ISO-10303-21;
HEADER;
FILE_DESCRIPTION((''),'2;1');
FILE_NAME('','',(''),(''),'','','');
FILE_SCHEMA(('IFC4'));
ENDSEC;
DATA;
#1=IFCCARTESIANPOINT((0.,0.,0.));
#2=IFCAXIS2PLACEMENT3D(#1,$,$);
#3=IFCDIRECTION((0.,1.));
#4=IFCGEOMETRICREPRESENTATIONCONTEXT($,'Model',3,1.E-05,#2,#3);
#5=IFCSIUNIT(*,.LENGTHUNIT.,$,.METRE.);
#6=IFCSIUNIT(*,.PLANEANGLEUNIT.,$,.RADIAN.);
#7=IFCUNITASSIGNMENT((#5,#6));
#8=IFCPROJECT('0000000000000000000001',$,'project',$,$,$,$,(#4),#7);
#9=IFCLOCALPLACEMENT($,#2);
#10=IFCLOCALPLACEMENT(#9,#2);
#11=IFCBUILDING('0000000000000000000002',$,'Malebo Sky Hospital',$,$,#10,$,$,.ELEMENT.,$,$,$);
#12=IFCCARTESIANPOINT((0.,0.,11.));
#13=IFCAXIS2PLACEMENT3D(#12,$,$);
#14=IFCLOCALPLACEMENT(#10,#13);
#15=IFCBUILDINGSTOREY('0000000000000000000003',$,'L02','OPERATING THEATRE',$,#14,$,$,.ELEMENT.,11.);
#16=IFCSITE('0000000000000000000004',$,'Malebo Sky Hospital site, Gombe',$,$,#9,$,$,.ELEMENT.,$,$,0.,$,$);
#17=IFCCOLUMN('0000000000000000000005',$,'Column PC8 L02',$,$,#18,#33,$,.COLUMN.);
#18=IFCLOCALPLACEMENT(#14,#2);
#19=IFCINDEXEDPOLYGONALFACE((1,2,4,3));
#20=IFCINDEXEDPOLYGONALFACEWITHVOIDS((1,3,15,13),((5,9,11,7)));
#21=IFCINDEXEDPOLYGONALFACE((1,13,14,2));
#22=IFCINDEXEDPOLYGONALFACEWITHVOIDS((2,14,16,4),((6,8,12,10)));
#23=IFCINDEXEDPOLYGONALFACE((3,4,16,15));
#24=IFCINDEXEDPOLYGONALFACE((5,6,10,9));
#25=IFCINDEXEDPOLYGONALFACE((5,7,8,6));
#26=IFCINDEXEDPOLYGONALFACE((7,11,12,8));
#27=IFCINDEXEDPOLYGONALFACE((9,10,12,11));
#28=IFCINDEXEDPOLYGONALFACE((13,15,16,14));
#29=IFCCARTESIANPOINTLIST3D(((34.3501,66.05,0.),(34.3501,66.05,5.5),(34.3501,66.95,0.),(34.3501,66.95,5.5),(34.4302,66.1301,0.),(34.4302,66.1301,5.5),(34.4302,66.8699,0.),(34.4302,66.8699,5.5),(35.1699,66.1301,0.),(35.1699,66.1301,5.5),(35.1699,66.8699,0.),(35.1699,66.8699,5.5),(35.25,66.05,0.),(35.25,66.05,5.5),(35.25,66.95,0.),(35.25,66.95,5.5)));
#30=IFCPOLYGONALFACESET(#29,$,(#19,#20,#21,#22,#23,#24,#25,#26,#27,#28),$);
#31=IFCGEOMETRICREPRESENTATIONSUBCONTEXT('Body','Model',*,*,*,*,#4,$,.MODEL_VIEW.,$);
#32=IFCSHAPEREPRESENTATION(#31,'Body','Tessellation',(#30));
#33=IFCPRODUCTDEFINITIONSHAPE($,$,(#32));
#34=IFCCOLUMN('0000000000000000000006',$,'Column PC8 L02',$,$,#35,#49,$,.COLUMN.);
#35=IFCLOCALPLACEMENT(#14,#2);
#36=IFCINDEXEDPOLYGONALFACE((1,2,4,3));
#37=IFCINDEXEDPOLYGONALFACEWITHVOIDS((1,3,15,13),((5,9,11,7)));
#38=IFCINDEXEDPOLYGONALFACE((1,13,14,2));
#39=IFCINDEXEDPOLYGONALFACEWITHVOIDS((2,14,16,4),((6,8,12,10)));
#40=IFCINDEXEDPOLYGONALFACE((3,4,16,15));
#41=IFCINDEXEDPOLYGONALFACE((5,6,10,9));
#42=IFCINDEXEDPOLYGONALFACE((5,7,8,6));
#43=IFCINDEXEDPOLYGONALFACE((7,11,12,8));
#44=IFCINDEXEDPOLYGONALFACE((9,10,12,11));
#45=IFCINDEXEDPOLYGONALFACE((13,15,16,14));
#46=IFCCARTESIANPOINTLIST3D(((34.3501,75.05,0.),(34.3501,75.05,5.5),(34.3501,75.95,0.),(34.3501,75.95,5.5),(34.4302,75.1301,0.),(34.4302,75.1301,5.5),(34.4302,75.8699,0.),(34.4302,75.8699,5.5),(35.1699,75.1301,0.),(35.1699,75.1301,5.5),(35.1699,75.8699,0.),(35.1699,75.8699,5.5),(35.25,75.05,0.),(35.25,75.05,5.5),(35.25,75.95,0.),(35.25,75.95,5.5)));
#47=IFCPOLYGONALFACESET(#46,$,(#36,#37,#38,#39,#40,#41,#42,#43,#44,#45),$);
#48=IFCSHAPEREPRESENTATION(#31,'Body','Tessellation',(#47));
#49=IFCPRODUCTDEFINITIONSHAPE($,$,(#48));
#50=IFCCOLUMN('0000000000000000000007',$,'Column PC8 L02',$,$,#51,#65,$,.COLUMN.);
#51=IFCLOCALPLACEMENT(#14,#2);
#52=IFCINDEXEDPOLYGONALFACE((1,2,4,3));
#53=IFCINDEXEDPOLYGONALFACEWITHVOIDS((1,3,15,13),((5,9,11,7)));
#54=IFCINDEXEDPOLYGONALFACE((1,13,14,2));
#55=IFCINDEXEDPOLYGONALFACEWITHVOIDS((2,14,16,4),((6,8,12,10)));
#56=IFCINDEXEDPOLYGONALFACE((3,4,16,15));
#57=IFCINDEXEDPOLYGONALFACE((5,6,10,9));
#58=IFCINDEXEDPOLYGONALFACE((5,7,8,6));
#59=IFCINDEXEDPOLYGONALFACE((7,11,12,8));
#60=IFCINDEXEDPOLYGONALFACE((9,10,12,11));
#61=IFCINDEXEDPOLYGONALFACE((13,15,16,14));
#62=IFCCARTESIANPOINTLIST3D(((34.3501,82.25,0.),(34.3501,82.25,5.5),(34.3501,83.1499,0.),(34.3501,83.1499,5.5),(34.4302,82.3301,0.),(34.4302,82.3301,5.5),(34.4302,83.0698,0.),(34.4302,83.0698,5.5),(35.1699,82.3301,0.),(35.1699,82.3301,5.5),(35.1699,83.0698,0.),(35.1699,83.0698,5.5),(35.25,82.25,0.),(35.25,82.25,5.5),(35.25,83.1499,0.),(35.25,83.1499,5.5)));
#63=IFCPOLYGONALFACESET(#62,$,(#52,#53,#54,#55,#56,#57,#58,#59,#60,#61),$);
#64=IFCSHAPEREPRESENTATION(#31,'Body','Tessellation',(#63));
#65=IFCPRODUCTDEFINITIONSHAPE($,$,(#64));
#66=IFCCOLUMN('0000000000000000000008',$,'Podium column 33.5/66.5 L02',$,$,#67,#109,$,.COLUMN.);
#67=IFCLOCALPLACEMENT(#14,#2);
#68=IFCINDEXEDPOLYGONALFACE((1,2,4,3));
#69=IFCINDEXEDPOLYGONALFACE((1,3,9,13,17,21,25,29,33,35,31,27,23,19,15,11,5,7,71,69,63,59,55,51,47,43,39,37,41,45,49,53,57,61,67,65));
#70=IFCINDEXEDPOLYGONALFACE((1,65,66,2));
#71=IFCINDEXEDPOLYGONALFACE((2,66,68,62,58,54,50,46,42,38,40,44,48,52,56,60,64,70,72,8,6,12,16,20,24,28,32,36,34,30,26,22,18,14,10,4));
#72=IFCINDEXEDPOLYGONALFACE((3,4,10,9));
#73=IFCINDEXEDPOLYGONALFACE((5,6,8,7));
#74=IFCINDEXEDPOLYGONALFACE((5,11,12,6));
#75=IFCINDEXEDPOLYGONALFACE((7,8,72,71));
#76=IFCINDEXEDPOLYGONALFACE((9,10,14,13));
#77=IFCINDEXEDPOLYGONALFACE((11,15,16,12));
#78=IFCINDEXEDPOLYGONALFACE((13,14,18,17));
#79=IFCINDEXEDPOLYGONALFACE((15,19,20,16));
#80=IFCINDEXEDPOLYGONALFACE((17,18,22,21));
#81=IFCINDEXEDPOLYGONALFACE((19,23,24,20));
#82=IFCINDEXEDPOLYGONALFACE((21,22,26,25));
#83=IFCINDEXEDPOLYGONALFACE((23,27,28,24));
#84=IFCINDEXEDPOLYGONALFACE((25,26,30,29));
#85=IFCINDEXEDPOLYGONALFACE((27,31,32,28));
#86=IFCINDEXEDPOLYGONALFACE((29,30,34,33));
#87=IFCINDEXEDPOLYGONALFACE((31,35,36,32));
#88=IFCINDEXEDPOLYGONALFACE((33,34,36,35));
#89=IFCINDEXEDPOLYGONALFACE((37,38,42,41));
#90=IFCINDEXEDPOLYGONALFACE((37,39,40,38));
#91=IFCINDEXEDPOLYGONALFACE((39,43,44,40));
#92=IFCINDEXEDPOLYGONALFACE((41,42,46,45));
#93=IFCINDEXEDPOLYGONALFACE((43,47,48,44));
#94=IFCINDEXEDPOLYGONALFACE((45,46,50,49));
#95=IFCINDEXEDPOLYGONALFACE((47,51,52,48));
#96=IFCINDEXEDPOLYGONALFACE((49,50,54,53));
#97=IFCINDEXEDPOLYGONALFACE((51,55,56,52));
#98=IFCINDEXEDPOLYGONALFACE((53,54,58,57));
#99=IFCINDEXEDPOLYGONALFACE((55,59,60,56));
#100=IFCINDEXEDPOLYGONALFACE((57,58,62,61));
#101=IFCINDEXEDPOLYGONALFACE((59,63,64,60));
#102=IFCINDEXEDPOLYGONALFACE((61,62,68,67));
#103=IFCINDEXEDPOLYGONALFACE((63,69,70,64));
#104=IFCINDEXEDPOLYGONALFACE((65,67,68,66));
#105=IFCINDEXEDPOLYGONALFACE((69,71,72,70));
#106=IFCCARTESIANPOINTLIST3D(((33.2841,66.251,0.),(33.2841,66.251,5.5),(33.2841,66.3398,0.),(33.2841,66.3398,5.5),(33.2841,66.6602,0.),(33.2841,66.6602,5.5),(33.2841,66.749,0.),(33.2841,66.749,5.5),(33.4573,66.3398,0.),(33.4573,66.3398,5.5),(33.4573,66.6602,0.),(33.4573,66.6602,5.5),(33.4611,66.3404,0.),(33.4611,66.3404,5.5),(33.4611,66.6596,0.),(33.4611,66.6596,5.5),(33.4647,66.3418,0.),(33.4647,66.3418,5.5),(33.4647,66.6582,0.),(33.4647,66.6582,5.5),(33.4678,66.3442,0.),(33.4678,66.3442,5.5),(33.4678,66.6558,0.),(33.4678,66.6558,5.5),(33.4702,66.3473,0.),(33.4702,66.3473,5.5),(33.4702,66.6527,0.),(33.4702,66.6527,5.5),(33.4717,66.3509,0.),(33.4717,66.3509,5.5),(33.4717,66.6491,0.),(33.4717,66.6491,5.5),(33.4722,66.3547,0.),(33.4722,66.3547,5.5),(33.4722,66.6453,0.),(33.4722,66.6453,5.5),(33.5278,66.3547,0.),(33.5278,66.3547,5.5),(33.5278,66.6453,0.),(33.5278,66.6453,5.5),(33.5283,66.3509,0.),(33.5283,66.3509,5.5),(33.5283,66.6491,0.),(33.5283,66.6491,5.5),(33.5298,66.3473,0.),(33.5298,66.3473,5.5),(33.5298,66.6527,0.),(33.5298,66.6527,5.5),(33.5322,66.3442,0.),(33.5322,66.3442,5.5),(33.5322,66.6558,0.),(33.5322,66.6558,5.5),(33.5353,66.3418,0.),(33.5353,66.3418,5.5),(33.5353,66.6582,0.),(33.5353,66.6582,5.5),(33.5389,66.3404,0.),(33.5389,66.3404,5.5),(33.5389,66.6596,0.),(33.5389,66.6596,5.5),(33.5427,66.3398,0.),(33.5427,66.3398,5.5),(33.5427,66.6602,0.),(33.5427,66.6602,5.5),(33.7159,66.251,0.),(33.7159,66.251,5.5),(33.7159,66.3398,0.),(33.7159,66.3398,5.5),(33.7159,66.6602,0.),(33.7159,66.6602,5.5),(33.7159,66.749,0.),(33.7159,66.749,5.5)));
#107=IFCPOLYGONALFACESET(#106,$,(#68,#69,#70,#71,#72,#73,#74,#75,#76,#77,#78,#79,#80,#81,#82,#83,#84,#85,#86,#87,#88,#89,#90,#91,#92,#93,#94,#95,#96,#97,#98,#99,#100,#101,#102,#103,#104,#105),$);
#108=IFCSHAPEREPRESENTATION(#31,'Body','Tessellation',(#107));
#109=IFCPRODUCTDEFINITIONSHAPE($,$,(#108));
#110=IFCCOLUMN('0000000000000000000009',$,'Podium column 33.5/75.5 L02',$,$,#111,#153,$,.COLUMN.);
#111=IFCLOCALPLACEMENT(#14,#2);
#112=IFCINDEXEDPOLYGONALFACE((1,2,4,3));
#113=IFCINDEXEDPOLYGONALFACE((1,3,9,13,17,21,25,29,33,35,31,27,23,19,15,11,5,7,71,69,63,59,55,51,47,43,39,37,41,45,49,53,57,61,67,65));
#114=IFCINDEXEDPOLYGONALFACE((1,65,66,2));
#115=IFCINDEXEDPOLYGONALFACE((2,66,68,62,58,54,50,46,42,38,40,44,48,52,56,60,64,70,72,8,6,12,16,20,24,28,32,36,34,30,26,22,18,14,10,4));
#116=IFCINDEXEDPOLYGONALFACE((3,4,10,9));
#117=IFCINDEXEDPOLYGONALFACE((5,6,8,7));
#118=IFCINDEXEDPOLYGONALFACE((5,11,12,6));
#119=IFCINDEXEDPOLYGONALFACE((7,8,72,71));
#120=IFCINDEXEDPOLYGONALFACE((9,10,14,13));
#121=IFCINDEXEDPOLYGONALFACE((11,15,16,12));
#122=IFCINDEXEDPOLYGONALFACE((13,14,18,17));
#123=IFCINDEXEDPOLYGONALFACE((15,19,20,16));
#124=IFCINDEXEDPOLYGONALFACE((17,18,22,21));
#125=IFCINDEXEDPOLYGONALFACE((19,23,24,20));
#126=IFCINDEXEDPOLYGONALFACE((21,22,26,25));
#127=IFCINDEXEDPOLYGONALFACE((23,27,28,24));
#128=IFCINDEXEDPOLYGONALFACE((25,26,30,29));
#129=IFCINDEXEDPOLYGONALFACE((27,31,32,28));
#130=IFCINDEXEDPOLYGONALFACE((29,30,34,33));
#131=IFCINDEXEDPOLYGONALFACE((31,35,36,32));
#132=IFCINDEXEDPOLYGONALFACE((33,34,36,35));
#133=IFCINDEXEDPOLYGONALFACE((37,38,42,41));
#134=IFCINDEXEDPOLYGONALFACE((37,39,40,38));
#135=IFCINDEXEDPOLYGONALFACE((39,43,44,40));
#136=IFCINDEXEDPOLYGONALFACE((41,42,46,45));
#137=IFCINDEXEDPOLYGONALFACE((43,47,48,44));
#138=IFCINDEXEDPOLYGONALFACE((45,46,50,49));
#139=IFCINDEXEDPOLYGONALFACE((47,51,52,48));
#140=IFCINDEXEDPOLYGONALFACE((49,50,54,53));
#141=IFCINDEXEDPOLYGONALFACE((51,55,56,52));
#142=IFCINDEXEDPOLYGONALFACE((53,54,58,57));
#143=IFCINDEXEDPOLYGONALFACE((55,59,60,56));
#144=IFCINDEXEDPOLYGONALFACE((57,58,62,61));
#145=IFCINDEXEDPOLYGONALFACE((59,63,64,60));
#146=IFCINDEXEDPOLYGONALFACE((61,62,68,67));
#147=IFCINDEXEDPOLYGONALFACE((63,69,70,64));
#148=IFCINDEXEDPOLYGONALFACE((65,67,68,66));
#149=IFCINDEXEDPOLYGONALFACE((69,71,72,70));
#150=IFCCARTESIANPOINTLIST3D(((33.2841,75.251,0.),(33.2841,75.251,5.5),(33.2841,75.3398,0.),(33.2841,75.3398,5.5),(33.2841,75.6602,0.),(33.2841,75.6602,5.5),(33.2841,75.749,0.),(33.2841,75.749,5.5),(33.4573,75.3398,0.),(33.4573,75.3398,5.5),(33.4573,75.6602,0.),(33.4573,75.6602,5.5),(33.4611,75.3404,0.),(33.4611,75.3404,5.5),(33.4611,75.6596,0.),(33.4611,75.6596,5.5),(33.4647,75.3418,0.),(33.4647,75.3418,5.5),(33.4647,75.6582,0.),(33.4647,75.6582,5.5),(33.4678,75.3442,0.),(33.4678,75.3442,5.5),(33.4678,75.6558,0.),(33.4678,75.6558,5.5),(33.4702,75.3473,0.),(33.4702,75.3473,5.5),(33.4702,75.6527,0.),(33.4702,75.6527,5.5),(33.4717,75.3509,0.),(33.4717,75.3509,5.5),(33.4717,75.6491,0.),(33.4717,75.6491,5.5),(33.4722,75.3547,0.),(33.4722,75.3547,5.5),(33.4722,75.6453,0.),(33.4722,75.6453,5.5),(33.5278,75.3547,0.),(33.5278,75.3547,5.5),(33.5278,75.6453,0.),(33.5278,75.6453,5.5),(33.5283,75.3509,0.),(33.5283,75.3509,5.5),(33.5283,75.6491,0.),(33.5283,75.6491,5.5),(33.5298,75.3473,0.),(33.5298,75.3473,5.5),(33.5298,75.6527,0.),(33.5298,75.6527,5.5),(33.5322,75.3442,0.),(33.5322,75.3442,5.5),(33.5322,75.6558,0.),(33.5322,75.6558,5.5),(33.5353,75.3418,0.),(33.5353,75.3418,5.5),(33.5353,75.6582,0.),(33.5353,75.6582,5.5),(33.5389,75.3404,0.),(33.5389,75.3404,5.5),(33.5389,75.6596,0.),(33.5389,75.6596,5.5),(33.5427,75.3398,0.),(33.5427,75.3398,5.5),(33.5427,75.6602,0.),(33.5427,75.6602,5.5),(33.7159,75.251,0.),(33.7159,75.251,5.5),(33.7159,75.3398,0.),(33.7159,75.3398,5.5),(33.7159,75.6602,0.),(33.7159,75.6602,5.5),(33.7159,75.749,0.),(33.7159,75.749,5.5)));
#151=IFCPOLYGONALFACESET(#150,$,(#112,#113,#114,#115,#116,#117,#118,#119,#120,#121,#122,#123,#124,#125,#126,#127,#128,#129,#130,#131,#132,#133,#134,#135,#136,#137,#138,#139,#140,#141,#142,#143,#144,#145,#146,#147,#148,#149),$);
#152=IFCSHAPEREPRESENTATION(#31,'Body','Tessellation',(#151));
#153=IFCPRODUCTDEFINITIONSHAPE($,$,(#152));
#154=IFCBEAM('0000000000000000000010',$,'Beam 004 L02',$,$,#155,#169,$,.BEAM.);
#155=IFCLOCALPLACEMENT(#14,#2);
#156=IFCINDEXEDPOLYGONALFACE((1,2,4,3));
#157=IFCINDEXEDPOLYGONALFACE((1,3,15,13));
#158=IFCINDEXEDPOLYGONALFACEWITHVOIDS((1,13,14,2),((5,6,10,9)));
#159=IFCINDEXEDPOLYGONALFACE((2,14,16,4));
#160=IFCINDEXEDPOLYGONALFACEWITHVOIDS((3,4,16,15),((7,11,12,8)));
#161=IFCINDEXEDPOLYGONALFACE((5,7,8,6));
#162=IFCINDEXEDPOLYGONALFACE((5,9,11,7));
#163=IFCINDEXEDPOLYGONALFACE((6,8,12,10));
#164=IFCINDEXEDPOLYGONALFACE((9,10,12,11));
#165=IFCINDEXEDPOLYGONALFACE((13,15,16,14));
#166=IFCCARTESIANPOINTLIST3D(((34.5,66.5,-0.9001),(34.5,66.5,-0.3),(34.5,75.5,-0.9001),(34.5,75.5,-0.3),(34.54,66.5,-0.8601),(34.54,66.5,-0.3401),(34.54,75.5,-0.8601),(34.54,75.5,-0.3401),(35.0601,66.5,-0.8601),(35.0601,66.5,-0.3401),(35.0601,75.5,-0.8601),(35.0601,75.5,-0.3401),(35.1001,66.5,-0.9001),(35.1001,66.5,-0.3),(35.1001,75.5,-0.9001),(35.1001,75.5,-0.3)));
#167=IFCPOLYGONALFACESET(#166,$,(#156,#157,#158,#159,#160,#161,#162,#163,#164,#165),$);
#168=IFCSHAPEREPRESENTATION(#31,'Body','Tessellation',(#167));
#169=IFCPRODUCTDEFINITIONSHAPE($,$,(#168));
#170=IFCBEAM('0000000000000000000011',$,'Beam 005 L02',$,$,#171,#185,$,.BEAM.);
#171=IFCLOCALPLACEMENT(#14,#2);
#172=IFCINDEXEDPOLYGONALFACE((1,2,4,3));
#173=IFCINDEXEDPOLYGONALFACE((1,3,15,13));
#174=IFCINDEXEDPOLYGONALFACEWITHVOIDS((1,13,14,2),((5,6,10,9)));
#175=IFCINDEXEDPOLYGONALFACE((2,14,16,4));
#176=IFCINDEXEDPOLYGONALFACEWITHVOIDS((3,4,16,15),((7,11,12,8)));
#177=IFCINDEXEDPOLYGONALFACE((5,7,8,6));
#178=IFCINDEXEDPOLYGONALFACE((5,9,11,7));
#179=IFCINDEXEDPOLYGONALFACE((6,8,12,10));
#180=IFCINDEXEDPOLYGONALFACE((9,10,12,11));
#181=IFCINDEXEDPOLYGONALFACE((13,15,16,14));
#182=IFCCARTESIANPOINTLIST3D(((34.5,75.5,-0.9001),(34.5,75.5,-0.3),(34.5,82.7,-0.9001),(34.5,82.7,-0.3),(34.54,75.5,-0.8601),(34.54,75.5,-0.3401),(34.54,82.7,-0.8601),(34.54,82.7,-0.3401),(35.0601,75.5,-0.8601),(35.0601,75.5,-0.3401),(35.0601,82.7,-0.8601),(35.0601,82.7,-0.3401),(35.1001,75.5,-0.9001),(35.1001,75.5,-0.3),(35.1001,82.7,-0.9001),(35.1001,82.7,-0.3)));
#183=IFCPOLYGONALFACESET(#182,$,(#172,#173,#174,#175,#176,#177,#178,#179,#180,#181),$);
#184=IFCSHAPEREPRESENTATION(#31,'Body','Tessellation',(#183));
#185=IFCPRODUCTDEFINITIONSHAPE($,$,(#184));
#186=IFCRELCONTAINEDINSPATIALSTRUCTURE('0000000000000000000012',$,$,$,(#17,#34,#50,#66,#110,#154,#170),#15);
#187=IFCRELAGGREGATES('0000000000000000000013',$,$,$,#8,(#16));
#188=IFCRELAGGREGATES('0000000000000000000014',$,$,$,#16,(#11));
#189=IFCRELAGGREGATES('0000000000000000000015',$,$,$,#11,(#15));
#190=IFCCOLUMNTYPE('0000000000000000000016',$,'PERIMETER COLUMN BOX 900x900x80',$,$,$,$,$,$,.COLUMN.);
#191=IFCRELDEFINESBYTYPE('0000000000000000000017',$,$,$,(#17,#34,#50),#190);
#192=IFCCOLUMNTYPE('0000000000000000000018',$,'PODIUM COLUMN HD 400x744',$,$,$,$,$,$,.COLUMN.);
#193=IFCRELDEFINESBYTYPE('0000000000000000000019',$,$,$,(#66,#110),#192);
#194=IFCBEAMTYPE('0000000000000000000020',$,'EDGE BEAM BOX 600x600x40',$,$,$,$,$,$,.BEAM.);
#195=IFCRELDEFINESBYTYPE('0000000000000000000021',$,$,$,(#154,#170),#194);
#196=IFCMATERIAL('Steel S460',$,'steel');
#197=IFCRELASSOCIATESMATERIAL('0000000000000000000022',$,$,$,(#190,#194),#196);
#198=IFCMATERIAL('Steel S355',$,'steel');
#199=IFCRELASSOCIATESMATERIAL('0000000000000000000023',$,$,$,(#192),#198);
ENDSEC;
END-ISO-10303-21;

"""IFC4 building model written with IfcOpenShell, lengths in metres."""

from ifc_helpers import new_model, si_unit, direction, frame, origin, origin_2d, place, context, subcontext, project, spatial, hollow_rectangle, i_section, extrude, material, material_profile, profile_set, type_object, element, save


model = new_model("IFC4")

# Units and contexts
model_context = context("Model", 3, precision=1e-05, world=origin(), true_north=direction((0.0, 1.0)))
body_context = subcontext(model_context, "Body", "Model", "MODEL_VIEW")
ifc_project = project(units=[si_unit("LENGTHUNIT", "METRE"), si_unit("PLANEANGLEUNIT", "RADIAN")], contexts=[model_context])

# Site, building, storey
site_placement = place(None, origin())
site = spatial("IfcSite", under=ifc_project, at=site_placement, Name="Malebo Sky Hospital site, Gombe", CompositionType="ELEMENT", RefElevation=0.0)
building_placement = place(site_placement, origin())
building = spatial("IfcBuilding", under=site, at=building_placement, Name="Malebo Sky Hospital", CompositionType="ELEMENT")
storey_placement = place(building_placement, frame((0.0, 0.0, 11.0)))
storey = spatial("IfcBuildingStorey", under=building, at=storey_placement, Name="L02", Description="OPERATING THEATRE", CompositionType="ELEMENT", Elevation=11.0)

# Columns
ifc_material_1 = material(Name="Steel S460", Category="steel")
ifc_material_profile_1 = material_profile(ifc_material_1, hollow_rectangle(XDim=0.8999, YDim=0.8999, WallThickness=0.0801, at=origin_2d()), Name="BOX 900x900x80")
ifc_profile_set_1 = profile_set([ifc_material_profile_1], Name="Steel S460")
column_type_1 = type_object("IfcColumnType", Name="PERIMETER COLUMN BOX 900x900x80", PredefinedType="COLUMN", material=ifc_profile_set_1)
for number, where, z_axis, x_axis, name in (
    (1, (34.8, 66.5, 0.0), (0.0, 0.0, 1.0), (1.0, 0.0, 0.0), "Column PC8 L02"),
    (2, (34.8, 75.5, 0.0), (0.0, 0.0, 1.0), (1.0, 0.0, 0.0), "Column PC8 L02"),
    (3, (34.8, 82.7, 0.0), (0.0, 0.0, 1.0), (1.0, 0.0, 0.0), "Column PC8 L02"),
):
    element("IfcColumn", number, at=place(storey_placement, frame(where, z_axis=z_axis, x_axis=x_axis)), inside=storey, type_object=column_type_1, Name=name, PredefinedType="COLUMN", context=body_context, shape_type="SweptSolid", body=[
        extrude(hollow_rectangle(XDim=0.8999, YDim=0.8999, WallThickness=0.0801, at=origin_2d()), origin(), (0.0, 0.0, 1.0), 5.5),
    ])
ifc_material_2 = material(Name="Steel S355", Category="steel")
ifc_material_profile_2 = material_profile(ifc_material_2, i_section(OverallWidth=0.4319, OverallDepth=0.498, WebThickness=0.0557, FlangeThickness=0.0889, FilletRadius=0.0149, at=origin_2d()), Name="HD 400x744")
ifc_profile_set_2 = profile_set([ifc_material_profile_2], Name="Steel S355")
column_type_2 = type_object("IfcColumnType", Name="PODIUM COLUMN HD 400x744", PredefinedType="COLUMN", material=ifc_profile_set_2)
for number, where, z_axis, x_axis, name in (
    (4, (33.5, 66.5, 0.0), (0.0, 0.0, 1.0), (1.0, 0.0, 0.0), "Podium column 33.5/66.5 L02"),
    (5, (33.5, 75.5, 0.0), (0.0, 0.0, 1.0), (1.0, 0.0, 0.0), "Podium column 33.5/75.5 L02"),
):
    element("IfcColumn", number, at=place(storey_placement, frame(where, z_axis=z_axis, x_axis=x_axis)), inside=storey, type_object=column_type_2, Name=name, PredefinedType="COLUMN", context=body_context, shape_type="SweptSolid", body=[
        extrude(i_section(OverallWidth=0.4319, OverallDepth=0.498, WebThickness=0.0557, FlangeThickness=0.0889, FilletRadius=0.0149, at=origin_2d()), origin(), (0.0, 0.0, 1.0), 5.5),
    ])

# Beams
ifc_material_profile_3 = material_profile(ifc_material_1, hollow_rectangle(XDim=0.6001, YDim=0.6001, WallThickness=0.04, at=origin_2d()), Name="BOX 600x600x40")
ifc_profile_set_3 = profile_set([ifc_material_profile_3], Name="Steel S460")
beam_type_1 = type_object("IfcBeamType", Name="EDGE BEAM BOX 600x600x40", PredefinedType="BEAM", material=ifc_profile_set_3)
beam_1_placement = place(storey_placement, frame((34.8, 66.5, -0.6001), z_axis=(0.0, 1.0, 0.0), x_axis=(-1.0, 0.0, 0.0)))
element("IfcBeam", 6, at=beam_1_placement, inside=storey, type_object=beam_type_1, Name="Beam 004 L02", PredefinedType="BEAM", context=body_context, shape_type="SweptSolid", body=[
    extrude(hollow_rectangle(XDim=0.6001, YDim=0.6001, WallThickness=0.04, at=origin_2d()), origin(), (0.0, 0.0, 1.0), 9.0),
])
beam_2_placement = place(storey_placement, frame((34.8, 75.5, -0.6001), z_axis=(0.0, 1.0, 0.0), x_axis=(-1.0, 0.0, 0.0)))
element("IfcBeam", 7, at=beam_2_placement, inside=storey, type_object=beam_type_1, Name="Beam 005 L02", PredefinedType="BEAM", context=body_context, shape_type="SweptSolid", body=[
    extrude(hollow_rectangle(XDim=0.6001, YDim=0.6001, WallThickness=0.04, at=origin_2d()), origin(), (0.0, 0.0, 1.0), 7.2),
])

save(model, "model.ifc")
